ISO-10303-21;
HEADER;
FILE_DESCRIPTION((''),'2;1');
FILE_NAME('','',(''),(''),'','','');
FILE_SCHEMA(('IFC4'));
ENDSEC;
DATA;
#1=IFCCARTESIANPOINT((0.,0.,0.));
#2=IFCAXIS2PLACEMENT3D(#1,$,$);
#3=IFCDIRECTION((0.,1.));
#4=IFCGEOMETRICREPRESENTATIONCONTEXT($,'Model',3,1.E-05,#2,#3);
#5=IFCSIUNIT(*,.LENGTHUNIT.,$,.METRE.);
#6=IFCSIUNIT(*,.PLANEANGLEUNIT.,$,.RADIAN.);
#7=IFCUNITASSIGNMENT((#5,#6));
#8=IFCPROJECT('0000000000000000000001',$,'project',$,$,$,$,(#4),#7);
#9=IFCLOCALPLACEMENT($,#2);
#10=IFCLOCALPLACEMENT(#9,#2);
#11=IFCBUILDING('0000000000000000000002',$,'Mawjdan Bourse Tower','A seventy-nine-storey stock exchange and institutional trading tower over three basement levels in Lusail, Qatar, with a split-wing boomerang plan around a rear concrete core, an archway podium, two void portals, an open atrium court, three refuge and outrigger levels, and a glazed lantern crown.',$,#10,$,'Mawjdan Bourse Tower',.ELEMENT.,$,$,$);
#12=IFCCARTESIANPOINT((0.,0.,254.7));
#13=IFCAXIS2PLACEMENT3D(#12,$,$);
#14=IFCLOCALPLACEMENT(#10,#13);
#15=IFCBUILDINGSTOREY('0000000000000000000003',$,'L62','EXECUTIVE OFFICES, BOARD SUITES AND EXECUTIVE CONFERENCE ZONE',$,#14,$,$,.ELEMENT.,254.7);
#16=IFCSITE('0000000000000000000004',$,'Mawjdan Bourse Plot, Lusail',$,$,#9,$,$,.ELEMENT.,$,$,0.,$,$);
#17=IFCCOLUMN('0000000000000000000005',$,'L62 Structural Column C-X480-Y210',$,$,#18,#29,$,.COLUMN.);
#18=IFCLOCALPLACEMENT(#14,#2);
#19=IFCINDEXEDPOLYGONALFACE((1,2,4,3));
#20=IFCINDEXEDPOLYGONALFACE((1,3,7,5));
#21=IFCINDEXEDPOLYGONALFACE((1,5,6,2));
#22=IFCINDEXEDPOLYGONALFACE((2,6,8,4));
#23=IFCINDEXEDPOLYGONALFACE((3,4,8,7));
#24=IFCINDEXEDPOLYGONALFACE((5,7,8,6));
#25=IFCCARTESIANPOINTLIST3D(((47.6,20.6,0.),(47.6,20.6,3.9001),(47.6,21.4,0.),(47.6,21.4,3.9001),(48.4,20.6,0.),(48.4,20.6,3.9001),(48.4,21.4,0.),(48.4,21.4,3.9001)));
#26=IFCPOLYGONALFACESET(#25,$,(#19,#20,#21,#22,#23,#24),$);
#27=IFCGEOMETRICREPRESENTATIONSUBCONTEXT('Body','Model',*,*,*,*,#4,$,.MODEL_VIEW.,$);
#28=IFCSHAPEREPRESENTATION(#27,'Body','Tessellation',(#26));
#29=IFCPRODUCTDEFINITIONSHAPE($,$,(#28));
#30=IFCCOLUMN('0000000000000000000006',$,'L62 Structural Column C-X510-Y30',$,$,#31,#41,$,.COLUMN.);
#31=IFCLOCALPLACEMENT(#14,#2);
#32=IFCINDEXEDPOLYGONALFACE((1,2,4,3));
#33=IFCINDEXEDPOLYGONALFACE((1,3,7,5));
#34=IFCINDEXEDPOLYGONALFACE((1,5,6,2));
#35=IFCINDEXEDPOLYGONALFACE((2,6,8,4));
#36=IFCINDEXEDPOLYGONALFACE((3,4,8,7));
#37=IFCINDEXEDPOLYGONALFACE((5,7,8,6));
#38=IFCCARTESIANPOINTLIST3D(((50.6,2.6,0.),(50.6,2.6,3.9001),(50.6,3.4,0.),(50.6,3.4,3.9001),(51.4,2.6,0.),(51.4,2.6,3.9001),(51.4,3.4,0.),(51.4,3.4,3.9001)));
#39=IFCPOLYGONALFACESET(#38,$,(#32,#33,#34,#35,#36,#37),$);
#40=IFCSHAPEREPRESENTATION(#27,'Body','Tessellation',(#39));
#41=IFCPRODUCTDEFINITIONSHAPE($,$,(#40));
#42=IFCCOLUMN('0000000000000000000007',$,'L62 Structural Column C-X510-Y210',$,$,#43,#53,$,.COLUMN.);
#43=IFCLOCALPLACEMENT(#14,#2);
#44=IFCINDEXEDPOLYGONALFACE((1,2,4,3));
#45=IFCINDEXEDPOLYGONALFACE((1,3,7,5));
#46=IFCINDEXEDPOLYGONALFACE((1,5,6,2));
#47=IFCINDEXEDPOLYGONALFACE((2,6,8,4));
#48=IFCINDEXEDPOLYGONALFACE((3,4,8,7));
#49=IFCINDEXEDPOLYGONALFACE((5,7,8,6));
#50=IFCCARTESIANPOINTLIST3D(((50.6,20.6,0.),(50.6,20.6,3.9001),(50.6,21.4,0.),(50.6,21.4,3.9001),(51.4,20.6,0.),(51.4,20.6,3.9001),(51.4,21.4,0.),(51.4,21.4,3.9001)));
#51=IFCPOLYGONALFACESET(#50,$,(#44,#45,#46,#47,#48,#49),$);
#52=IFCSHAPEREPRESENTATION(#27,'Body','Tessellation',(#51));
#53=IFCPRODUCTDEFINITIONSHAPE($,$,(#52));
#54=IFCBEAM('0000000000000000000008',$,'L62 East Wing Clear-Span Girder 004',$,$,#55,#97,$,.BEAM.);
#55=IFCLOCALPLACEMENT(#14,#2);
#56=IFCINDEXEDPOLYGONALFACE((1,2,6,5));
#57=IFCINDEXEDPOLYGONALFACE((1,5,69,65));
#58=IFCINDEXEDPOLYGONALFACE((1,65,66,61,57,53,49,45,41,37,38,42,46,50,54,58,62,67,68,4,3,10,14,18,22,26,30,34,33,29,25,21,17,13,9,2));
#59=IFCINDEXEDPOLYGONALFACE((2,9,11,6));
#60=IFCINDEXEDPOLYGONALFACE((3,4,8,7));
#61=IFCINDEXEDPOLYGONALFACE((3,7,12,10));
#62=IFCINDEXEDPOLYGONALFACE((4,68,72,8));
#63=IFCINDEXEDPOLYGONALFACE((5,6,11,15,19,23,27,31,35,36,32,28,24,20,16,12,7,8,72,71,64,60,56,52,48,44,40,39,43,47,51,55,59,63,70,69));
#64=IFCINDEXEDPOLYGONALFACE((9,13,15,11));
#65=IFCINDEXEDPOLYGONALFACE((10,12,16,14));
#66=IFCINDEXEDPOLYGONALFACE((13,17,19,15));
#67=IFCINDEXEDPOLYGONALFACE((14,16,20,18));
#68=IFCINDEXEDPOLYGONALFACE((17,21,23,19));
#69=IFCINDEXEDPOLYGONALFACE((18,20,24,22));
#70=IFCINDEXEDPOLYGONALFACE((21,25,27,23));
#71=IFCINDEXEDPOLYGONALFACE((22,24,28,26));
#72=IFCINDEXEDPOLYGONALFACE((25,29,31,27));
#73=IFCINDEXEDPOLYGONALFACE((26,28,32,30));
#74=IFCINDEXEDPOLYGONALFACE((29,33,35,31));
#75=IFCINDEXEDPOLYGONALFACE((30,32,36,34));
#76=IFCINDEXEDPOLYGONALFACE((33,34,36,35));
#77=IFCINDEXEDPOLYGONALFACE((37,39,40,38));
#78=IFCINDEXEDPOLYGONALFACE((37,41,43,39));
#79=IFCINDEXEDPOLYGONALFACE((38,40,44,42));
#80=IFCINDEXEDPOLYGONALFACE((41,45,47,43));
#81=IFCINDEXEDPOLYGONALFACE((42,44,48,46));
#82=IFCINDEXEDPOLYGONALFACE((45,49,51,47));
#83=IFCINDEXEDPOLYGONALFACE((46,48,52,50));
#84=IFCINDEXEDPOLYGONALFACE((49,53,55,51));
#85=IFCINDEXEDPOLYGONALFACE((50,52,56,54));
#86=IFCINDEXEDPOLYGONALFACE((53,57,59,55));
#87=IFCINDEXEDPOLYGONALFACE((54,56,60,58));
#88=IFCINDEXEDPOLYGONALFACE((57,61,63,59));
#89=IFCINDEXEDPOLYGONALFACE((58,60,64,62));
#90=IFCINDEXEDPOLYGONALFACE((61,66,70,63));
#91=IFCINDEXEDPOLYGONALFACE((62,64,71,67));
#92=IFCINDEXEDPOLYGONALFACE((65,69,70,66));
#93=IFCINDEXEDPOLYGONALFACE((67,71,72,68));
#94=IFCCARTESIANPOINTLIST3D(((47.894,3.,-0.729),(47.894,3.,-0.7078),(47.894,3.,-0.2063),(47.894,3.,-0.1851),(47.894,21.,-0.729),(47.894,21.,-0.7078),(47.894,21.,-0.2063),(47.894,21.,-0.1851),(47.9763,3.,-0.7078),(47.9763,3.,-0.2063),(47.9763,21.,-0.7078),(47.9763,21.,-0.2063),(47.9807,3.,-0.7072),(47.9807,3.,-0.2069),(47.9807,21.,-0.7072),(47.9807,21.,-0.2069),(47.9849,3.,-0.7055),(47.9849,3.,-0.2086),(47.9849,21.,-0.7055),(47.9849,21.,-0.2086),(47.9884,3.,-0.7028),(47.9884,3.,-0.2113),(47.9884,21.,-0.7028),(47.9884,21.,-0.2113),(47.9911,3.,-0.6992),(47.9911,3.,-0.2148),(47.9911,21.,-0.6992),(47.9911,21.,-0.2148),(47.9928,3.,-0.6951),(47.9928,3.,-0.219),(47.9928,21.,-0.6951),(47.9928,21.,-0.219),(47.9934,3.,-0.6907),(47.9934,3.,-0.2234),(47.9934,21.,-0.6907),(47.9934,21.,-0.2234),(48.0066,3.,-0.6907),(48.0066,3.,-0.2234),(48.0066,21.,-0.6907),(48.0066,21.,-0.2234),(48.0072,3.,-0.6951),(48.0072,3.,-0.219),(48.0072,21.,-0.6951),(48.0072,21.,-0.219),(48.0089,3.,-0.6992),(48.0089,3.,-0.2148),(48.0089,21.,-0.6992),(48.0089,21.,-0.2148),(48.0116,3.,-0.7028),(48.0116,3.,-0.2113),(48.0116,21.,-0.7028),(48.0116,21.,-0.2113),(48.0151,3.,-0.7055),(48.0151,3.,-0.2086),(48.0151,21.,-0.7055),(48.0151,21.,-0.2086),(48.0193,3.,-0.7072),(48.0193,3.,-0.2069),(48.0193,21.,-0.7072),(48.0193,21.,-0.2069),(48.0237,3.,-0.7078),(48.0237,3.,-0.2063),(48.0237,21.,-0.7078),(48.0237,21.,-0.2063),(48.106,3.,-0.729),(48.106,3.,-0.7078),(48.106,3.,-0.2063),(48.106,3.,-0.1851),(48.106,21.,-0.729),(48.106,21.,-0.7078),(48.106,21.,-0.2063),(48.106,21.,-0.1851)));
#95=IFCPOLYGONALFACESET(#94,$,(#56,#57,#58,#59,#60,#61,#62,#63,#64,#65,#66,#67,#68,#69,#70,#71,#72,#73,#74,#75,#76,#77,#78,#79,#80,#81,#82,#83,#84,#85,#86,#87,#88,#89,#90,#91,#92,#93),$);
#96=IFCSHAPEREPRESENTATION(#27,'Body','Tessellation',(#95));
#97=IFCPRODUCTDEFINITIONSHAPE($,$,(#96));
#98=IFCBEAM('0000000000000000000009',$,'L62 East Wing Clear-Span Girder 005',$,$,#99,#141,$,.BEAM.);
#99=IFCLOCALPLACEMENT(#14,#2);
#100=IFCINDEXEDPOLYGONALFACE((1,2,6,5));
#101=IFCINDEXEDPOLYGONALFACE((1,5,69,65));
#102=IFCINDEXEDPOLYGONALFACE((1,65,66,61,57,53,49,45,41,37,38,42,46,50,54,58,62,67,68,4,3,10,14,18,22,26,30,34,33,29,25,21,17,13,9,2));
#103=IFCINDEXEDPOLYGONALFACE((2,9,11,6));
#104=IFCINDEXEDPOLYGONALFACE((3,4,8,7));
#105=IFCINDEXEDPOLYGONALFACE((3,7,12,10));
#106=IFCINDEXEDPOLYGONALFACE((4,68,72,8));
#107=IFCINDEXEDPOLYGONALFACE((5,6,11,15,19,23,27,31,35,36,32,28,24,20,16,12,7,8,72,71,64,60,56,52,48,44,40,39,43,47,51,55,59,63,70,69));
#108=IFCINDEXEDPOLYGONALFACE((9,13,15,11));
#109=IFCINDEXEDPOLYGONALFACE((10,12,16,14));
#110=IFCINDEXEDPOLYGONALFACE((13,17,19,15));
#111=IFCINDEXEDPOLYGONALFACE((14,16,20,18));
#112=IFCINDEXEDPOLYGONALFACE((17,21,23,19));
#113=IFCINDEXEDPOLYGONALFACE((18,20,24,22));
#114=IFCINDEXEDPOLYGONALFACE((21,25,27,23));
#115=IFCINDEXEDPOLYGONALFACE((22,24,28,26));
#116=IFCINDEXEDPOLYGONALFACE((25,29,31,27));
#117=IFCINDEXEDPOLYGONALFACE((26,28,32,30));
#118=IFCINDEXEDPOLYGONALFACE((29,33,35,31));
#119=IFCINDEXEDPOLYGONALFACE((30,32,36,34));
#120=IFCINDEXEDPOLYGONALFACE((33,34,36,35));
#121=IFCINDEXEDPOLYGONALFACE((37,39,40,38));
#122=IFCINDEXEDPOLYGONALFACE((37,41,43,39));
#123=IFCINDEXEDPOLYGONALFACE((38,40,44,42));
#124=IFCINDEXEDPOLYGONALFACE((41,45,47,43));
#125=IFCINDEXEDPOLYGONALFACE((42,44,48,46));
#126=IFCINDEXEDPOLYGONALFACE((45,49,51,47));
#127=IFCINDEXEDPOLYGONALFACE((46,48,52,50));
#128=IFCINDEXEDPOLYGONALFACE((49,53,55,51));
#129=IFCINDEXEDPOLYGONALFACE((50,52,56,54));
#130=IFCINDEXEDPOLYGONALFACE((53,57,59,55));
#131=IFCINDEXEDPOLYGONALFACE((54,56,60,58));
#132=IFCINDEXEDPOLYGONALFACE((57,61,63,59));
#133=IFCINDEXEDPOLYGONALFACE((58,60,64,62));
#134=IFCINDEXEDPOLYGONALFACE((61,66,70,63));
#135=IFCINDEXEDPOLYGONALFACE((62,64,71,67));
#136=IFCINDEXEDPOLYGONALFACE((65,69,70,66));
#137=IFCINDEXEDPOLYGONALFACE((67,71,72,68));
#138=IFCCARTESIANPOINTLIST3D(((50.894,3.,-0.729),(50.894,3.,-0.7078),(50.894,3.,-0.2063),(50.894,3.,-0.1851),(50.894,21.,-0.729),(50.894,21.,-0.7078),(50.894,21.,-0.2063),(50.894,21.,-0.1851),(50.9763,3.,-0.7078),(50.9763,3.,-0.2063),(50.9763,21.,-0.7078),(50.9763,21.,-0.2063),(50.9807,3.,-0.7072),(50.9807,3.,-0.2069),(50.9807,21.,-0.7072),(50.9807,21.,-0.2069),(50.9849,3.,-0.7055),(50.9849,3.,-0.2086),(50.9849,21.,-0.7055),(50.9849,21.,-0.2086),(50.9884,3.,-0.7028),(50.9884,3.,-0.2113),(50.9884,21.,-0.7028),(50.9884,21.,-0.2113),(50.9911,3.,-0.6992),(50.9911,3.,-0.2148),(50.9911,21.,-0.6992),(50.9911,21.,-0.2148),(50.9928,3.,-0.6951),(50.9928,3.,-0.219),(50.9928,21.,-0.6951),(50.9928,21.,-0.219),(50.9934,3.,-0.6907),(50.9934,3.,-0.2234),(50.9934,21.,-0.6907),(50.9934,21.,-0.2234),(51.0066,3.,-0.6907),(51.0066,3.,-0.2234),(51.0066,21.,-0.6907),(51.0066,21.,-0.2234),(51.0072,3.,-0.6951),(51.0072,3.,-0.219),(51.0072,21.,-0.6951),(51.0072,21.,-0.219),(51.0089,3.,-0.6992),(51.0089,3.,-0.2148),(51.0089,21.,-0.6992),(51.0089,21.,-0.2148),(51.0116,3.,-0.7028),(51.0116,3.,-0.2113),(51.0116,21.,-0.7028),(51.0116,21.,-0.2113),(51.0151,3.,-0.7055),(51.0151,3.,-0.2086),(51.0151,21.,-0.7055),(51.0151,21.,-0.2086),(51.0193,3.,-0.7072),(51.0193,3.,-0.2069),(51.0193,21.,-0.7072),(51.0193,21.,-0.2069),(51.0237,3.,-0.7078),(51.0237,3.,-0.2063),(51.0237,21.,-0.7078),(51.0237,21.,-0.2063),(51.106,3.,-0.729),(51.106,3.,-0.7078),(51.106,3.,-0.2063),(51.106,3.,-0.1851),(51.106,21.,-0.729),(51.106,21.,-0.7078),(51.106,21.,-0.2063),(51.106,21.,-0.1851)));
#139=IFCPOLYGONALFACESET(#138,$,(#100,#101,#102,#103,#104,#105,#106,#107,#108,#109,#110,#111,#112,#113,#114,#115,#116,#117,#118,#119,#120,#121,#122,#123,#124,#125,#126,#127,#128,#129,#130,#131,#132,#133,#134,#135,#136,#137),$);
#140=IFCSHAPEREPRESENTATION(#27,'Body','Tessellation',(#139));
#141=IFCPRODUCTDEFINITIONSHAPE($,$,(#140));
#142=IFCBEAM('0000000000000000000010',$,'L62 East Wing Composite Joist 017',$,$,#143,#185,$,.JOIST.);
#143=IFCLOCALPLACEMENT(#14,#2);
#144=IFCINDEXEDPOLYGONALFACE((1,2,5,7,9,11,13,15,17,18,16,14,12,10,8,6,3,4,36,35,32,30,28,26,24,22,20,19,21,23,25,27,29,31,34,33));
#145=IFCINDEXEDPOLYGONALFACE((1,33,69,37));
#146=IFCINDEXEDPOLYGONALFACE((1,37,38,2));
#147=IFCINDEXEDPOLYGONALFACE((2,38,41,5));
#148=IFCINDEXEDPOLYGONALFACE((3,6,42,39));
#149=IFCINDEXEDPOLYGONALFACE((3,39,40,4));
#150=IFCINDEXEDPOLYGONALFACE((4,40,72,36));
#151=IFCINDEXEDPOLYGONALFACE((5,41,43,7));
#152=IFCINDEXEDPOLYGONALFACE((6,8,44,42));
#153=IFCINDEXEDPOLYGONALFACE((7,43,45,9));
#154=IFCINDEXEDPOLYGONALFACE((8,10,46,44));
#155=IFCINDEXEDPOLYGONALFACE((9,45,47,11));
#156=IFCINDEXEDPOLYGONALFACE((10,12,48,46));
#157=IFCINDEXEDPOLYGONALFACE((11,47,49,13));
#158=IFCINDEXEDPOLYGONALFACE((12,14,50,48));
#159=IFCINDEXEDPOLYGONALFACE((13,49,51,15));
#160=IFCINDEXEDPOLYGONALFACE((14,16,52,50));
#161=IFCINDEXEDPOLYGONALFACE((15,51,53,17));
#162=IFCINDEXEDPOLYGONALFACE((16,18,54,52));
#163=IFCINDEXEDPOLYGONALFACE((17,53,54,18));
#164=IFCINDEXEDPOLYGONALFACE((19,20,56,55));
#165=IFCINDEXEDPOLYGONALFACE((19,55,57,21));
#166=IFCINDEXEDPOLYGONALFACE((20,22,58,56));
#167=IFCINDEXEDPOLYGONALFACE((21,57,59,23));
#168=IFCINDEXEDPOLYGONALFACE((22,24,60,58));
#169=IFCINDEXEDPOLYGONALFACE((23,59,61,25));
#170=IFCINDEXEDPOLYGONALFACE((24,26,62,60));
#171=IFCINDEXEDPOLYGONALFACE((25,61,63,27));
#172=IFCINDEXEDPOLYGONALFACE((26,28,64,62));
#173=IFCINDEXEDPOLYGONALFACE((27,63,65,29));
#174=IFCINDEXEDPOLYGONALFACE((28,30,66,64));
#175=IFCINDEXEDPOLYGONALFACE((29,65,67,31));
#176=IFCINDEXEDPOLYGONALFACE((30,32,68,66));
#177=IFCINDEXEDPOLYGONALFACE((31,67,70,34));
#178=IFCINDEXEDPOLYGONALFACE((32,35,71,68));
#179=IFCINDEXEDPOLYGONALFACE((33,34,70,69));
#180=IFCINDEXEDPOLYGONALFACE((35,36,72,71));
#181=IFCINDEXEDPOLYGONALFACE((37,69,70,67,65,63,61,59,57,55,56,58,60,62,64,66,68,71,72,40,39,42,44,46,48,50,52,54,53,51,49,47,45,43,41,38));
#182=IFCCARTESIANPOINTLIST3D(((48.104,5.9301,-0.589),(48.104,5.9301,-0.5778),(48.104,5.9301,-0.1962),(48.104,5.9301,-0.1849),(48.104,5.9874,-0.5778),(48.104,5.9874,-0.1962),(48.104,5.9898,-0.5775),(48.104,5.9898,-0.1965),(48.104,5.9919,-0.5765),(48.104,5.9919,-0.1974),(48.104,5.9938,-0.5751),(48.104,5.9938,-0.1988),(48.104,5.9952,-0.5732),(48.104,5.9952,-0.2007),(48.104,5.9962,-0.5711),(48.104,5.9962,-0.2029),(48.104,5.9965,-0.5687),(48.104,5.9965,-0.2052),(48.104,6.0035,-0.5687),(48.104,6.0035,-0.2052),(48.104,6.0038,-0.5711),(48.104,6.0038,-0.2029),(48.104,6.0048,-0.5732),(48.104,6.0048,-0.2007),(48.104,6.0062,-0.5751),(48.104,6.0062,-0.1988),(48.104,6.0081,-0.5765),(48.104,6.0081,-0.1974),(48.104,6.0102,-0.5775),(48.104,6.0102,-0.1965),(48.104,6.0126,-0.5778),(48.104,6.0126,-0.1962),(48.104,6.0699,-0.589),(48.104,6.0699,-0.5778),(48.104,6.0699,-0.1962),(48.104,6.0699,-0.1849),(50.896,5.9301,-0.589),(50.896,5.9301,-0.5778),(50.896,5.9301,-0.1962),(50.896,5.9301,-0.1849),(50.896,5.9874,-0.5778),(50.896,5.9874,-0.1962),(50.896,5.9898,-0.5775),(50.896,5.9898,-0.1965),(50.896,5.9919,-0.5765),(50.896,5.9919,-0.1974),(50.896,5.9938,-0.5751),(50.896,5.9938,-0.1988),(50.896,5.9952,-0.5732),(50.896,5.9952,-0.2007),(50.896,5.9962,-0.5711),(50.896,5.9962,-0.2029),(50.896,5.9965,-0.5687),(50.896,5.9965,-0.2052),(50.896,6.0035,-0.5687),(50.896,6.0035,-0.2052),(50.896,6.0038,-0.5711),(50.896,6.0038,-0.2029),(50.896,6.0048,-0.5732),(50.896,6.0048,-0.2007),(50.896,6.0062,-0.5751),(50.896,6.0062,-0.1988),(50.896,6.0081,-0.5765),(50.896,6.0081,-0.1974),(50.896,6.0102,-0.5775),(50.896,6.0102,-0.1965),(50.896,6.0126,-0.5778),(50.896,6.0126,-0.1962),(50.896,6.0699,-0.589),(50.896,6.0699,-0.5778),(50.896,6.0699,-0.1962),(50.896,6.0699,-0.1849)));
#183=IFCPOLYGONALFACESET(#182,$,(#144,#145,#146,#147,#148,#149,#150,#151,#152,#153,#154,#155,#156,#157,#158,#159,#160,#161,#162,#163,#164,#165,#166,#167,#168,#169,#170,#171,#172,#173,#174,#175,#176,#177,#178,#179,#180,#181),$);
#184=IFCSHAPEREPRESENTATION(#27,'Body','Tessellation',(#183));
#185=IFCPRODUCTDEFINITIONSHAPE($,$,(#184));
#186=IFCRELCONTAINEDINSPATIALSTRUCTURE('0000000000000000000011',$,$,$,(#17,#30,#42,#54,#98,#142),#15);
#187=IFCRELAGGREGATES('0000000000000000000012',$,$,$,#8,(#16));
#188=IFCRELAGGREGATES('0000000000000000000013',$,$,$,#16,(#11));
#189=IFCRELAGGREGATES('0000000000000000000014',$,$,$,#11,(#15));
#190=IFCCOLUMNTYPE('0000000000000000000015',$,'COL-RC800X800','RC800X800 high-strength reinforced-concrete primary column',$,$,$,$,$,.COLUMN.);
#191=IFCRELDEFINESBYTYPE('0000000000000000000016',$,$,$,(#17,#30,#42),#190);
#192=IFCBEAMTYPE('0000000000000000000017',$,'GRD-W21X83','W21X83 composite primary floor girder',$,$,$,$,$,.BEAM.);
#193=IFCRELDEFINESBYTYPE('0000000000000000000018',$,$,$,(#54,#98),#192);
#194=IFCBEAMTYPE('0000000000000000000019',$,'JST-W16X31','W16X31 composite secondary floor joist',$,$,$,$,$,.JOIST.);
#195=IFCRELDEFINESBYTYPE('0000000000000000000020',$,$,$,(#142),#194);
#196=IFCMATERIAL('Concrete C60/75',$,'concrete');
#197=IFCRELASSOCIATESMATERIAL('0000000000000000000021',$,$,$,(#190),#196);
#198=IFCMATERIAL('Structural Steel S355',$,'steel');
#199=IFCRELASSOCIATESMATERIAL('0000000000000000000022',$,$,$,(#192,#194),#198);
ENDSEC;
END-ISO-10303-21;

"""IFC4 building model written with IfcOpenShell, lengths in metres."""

from ifc_helpers import new_model, si_unit, direction, frame, origin, origin_2d, place, context, subcontext, project, spatial, rectangle, i_section, extrude, material, material_profile, profile_set, type_object, element, save


model = new_model("IFC4")

# Units and contexts
model_context = context("Model", 3, precision=1e-05, world=origin(), true_north=direction((0.0, 1.0)))
body_context = subcontext(model_context, "Body", "Model", "MODEL_VIEW")
ifc_project = project(units=[si_unit("LENGTHUNIT", "METRE"), si_unit("PLANEANGLEUNIT", "RADIAN")], contexts=[model_context])

# Site, building, storey
site_placement = place(None, origin())
site = spatial("IfcSite", under=ifc_project, at=site_placement, Name="Mawjdan Bourse Plot, Lusail", CompositionType="ELEMENT", RefElevation=0.0)
building_placement = place(site_placement, origin())
building = spatial("IfcBuilding", under=site, at=building_placement, Name="Mawjdan Bourse Tower", Description="A seventy-nine-storey stock exchange and institutional trading tower over three basement levels in Lusail, Qatar, with a split-wing boomerang plan around a rear concrete core, an archway podium, two void portals, an open atrium court, three refuge and outrigger levels, and a glazed lantern crown.", LongName="Mawjdan Bourse Tower", CompositionType="ELEMENT")
storey_placement = place(building_placement, frame((0.0, 0.0, 254.7)))
storey = spatial("IfcBuildingStorey", under=building, at=storey_placement, Name="L62", Description="EXECUTIVE OFFICES, BOARD SUITES AND EXECUTIVE CONFERENCE ZONE", CompositionType="ELEMENT", Elevation=254.7)

# Columns
ifc_material_1 = material(Name="Concrete C60/75", Category="concrete")
ifc_material_profile_1 = material_profile(ifc_material_1, rectangle(XDim=0.8, YDim=0.8, at=origin_2d()), Name="RC800X800")
ifc_profile_set_1 = profile_set([ifc_material_profile_1], Name="Concrete C60/75")
column_type = type_object("IfcColumnType", Name="COL-RC800X800", Description="RC800X800 high-strength reinforced-concrete primary column", PredefinedType="COLUMN", material=ifc_profile_set_1)
for number, where, z_axis, x_axis, name in (
    (1, (48.0, 21.0, 0.0), (0.0, 0.0, 1.0), (1.0, 0.0, 0.0), "L62 Structural Column C-X480-Y210"),
    (2, (51.0, 3.0, 0.0), (0.0, 0.0, 1.0), (1.0, 0.0, 0.0), "L62 Structural Column C-X510-Y30"),
    (3, (51.0, 21.0, 0.0), (0.0, 0.0, 1.0), (1.0, 0.0, 0.0), "L62 Structural Column C-X510-Y210"),
):
    element("IfcColumn", number, at=place(storey_placement, frame(where, z_axis=z_axis, x_axis=x_axis)), inside=storey, type_object=column_type, Name=name, PredefinedType="COLUMN", context=body_context, shape_type="SweptSolid", body=[
        extrude(rectangle(XDim=0.8, YDim=0.8, at=origin_2d()), origin(), (0.0, 0.0, 1.0), 3.9001),
    ])

# Beams
ifc_material_2 = material(Name="Structural Steel S355", Category="steel")
ifc_material_profile_2 = material_profile(ifc_material_2, i_section(OverallWidth=0.2119, OverallDepth=0.5439, WebThickness=0.0132, FlangeThickness=0.0212, FilletRadius=0.0171, at=origin_2d()), Name="W21X83")
ifc_profile_set_2 = profile_set([ifc_material_profile_2], Name="Structural Steel S355")
beam_type_1 = type_object("IfcBeamType", Name="GRD-W21X83", Description="W21X83 composite primary floor girder", PredefinedType="BEAM", material=ifc_profile_set_2)
for number, where, z_axis, x_axis, name in (
    (4, (48.0, 3.0, -0.457), (0.0, 1.0, 0.0), (-1.0, 0.0, 0.0), "L62 East Wing Clear-Span Girder 004"),
    (5, (51.0, 3.0, -0.457), (0.0, 1.0, 0.0), (-1.0, 0.0, 0.0), "L62 East Wing Clear-Span Girder 005"),
):
    element("IfcBeam", number, at=place(storey_placement, frame(where, z_axis=z_axis, x_axis=x_axis)), inside=storey, type_object=beam_type_1, Name=name, PredefinedType="BEAM", context=body_context, shape_type="SweptSolid", body=[
        extrude(i_section(OverallWidth=0.2119, OverallDepth=0.5439, WebThickness=0.0132, FlangeThickness=0.0212, FilletRadius=0.0171, at=origin_2d()), origin(), (0.0, 0.0, 1.0), 18.0),
    ])
ifc_material_profile_3 = material_profile(ifc_material_2, i_section(OverallWidth=0.1399, OverallDepth=0.4041, WebThickness=0.0071, FlangeThickness=0.0112, FilletRadius=0.009, at=origin_2d()), Name="W16X31")
ifc_profile_set_3 = profile_set([ifc_material_profile_3], Name="Structural Steel S355")
beam_type_2 = type_object("IfcBeamType", Name="JST-W16X31", Description="W16X31 composite secondary floor joist", PredefinedType="JOIST", material=ifc_profile_set_3)
for number, where, z_axis, x_axis, name in (
    (6, (48.104, 6.0, -0.387), (1.0, 0.0, 0.0), (0.0, 1.0, 0.0), "L62 East Wing Composite Joist 017"),
):
    element("IfcBeam", number, at=place(storey_placement, frame(where, z_axis=z_axis, x_axis=x_axis)), inside=storey, type_object=beam_type_2, Name=name, PredefinedType="JOIST", context=body_context, shape_type="SweptSolid", body=[
        extrude(i_section(OverallWidth=0.1399, OverallDepth=0.4041, WebThickness=0.0071, FlangeThickness=0.0112, FilletRadius=0.009, at=origin_2d()), origin(), (0.0, 0.0, 1.0), 2.792),
    ])

save(model, "model.ifc")
